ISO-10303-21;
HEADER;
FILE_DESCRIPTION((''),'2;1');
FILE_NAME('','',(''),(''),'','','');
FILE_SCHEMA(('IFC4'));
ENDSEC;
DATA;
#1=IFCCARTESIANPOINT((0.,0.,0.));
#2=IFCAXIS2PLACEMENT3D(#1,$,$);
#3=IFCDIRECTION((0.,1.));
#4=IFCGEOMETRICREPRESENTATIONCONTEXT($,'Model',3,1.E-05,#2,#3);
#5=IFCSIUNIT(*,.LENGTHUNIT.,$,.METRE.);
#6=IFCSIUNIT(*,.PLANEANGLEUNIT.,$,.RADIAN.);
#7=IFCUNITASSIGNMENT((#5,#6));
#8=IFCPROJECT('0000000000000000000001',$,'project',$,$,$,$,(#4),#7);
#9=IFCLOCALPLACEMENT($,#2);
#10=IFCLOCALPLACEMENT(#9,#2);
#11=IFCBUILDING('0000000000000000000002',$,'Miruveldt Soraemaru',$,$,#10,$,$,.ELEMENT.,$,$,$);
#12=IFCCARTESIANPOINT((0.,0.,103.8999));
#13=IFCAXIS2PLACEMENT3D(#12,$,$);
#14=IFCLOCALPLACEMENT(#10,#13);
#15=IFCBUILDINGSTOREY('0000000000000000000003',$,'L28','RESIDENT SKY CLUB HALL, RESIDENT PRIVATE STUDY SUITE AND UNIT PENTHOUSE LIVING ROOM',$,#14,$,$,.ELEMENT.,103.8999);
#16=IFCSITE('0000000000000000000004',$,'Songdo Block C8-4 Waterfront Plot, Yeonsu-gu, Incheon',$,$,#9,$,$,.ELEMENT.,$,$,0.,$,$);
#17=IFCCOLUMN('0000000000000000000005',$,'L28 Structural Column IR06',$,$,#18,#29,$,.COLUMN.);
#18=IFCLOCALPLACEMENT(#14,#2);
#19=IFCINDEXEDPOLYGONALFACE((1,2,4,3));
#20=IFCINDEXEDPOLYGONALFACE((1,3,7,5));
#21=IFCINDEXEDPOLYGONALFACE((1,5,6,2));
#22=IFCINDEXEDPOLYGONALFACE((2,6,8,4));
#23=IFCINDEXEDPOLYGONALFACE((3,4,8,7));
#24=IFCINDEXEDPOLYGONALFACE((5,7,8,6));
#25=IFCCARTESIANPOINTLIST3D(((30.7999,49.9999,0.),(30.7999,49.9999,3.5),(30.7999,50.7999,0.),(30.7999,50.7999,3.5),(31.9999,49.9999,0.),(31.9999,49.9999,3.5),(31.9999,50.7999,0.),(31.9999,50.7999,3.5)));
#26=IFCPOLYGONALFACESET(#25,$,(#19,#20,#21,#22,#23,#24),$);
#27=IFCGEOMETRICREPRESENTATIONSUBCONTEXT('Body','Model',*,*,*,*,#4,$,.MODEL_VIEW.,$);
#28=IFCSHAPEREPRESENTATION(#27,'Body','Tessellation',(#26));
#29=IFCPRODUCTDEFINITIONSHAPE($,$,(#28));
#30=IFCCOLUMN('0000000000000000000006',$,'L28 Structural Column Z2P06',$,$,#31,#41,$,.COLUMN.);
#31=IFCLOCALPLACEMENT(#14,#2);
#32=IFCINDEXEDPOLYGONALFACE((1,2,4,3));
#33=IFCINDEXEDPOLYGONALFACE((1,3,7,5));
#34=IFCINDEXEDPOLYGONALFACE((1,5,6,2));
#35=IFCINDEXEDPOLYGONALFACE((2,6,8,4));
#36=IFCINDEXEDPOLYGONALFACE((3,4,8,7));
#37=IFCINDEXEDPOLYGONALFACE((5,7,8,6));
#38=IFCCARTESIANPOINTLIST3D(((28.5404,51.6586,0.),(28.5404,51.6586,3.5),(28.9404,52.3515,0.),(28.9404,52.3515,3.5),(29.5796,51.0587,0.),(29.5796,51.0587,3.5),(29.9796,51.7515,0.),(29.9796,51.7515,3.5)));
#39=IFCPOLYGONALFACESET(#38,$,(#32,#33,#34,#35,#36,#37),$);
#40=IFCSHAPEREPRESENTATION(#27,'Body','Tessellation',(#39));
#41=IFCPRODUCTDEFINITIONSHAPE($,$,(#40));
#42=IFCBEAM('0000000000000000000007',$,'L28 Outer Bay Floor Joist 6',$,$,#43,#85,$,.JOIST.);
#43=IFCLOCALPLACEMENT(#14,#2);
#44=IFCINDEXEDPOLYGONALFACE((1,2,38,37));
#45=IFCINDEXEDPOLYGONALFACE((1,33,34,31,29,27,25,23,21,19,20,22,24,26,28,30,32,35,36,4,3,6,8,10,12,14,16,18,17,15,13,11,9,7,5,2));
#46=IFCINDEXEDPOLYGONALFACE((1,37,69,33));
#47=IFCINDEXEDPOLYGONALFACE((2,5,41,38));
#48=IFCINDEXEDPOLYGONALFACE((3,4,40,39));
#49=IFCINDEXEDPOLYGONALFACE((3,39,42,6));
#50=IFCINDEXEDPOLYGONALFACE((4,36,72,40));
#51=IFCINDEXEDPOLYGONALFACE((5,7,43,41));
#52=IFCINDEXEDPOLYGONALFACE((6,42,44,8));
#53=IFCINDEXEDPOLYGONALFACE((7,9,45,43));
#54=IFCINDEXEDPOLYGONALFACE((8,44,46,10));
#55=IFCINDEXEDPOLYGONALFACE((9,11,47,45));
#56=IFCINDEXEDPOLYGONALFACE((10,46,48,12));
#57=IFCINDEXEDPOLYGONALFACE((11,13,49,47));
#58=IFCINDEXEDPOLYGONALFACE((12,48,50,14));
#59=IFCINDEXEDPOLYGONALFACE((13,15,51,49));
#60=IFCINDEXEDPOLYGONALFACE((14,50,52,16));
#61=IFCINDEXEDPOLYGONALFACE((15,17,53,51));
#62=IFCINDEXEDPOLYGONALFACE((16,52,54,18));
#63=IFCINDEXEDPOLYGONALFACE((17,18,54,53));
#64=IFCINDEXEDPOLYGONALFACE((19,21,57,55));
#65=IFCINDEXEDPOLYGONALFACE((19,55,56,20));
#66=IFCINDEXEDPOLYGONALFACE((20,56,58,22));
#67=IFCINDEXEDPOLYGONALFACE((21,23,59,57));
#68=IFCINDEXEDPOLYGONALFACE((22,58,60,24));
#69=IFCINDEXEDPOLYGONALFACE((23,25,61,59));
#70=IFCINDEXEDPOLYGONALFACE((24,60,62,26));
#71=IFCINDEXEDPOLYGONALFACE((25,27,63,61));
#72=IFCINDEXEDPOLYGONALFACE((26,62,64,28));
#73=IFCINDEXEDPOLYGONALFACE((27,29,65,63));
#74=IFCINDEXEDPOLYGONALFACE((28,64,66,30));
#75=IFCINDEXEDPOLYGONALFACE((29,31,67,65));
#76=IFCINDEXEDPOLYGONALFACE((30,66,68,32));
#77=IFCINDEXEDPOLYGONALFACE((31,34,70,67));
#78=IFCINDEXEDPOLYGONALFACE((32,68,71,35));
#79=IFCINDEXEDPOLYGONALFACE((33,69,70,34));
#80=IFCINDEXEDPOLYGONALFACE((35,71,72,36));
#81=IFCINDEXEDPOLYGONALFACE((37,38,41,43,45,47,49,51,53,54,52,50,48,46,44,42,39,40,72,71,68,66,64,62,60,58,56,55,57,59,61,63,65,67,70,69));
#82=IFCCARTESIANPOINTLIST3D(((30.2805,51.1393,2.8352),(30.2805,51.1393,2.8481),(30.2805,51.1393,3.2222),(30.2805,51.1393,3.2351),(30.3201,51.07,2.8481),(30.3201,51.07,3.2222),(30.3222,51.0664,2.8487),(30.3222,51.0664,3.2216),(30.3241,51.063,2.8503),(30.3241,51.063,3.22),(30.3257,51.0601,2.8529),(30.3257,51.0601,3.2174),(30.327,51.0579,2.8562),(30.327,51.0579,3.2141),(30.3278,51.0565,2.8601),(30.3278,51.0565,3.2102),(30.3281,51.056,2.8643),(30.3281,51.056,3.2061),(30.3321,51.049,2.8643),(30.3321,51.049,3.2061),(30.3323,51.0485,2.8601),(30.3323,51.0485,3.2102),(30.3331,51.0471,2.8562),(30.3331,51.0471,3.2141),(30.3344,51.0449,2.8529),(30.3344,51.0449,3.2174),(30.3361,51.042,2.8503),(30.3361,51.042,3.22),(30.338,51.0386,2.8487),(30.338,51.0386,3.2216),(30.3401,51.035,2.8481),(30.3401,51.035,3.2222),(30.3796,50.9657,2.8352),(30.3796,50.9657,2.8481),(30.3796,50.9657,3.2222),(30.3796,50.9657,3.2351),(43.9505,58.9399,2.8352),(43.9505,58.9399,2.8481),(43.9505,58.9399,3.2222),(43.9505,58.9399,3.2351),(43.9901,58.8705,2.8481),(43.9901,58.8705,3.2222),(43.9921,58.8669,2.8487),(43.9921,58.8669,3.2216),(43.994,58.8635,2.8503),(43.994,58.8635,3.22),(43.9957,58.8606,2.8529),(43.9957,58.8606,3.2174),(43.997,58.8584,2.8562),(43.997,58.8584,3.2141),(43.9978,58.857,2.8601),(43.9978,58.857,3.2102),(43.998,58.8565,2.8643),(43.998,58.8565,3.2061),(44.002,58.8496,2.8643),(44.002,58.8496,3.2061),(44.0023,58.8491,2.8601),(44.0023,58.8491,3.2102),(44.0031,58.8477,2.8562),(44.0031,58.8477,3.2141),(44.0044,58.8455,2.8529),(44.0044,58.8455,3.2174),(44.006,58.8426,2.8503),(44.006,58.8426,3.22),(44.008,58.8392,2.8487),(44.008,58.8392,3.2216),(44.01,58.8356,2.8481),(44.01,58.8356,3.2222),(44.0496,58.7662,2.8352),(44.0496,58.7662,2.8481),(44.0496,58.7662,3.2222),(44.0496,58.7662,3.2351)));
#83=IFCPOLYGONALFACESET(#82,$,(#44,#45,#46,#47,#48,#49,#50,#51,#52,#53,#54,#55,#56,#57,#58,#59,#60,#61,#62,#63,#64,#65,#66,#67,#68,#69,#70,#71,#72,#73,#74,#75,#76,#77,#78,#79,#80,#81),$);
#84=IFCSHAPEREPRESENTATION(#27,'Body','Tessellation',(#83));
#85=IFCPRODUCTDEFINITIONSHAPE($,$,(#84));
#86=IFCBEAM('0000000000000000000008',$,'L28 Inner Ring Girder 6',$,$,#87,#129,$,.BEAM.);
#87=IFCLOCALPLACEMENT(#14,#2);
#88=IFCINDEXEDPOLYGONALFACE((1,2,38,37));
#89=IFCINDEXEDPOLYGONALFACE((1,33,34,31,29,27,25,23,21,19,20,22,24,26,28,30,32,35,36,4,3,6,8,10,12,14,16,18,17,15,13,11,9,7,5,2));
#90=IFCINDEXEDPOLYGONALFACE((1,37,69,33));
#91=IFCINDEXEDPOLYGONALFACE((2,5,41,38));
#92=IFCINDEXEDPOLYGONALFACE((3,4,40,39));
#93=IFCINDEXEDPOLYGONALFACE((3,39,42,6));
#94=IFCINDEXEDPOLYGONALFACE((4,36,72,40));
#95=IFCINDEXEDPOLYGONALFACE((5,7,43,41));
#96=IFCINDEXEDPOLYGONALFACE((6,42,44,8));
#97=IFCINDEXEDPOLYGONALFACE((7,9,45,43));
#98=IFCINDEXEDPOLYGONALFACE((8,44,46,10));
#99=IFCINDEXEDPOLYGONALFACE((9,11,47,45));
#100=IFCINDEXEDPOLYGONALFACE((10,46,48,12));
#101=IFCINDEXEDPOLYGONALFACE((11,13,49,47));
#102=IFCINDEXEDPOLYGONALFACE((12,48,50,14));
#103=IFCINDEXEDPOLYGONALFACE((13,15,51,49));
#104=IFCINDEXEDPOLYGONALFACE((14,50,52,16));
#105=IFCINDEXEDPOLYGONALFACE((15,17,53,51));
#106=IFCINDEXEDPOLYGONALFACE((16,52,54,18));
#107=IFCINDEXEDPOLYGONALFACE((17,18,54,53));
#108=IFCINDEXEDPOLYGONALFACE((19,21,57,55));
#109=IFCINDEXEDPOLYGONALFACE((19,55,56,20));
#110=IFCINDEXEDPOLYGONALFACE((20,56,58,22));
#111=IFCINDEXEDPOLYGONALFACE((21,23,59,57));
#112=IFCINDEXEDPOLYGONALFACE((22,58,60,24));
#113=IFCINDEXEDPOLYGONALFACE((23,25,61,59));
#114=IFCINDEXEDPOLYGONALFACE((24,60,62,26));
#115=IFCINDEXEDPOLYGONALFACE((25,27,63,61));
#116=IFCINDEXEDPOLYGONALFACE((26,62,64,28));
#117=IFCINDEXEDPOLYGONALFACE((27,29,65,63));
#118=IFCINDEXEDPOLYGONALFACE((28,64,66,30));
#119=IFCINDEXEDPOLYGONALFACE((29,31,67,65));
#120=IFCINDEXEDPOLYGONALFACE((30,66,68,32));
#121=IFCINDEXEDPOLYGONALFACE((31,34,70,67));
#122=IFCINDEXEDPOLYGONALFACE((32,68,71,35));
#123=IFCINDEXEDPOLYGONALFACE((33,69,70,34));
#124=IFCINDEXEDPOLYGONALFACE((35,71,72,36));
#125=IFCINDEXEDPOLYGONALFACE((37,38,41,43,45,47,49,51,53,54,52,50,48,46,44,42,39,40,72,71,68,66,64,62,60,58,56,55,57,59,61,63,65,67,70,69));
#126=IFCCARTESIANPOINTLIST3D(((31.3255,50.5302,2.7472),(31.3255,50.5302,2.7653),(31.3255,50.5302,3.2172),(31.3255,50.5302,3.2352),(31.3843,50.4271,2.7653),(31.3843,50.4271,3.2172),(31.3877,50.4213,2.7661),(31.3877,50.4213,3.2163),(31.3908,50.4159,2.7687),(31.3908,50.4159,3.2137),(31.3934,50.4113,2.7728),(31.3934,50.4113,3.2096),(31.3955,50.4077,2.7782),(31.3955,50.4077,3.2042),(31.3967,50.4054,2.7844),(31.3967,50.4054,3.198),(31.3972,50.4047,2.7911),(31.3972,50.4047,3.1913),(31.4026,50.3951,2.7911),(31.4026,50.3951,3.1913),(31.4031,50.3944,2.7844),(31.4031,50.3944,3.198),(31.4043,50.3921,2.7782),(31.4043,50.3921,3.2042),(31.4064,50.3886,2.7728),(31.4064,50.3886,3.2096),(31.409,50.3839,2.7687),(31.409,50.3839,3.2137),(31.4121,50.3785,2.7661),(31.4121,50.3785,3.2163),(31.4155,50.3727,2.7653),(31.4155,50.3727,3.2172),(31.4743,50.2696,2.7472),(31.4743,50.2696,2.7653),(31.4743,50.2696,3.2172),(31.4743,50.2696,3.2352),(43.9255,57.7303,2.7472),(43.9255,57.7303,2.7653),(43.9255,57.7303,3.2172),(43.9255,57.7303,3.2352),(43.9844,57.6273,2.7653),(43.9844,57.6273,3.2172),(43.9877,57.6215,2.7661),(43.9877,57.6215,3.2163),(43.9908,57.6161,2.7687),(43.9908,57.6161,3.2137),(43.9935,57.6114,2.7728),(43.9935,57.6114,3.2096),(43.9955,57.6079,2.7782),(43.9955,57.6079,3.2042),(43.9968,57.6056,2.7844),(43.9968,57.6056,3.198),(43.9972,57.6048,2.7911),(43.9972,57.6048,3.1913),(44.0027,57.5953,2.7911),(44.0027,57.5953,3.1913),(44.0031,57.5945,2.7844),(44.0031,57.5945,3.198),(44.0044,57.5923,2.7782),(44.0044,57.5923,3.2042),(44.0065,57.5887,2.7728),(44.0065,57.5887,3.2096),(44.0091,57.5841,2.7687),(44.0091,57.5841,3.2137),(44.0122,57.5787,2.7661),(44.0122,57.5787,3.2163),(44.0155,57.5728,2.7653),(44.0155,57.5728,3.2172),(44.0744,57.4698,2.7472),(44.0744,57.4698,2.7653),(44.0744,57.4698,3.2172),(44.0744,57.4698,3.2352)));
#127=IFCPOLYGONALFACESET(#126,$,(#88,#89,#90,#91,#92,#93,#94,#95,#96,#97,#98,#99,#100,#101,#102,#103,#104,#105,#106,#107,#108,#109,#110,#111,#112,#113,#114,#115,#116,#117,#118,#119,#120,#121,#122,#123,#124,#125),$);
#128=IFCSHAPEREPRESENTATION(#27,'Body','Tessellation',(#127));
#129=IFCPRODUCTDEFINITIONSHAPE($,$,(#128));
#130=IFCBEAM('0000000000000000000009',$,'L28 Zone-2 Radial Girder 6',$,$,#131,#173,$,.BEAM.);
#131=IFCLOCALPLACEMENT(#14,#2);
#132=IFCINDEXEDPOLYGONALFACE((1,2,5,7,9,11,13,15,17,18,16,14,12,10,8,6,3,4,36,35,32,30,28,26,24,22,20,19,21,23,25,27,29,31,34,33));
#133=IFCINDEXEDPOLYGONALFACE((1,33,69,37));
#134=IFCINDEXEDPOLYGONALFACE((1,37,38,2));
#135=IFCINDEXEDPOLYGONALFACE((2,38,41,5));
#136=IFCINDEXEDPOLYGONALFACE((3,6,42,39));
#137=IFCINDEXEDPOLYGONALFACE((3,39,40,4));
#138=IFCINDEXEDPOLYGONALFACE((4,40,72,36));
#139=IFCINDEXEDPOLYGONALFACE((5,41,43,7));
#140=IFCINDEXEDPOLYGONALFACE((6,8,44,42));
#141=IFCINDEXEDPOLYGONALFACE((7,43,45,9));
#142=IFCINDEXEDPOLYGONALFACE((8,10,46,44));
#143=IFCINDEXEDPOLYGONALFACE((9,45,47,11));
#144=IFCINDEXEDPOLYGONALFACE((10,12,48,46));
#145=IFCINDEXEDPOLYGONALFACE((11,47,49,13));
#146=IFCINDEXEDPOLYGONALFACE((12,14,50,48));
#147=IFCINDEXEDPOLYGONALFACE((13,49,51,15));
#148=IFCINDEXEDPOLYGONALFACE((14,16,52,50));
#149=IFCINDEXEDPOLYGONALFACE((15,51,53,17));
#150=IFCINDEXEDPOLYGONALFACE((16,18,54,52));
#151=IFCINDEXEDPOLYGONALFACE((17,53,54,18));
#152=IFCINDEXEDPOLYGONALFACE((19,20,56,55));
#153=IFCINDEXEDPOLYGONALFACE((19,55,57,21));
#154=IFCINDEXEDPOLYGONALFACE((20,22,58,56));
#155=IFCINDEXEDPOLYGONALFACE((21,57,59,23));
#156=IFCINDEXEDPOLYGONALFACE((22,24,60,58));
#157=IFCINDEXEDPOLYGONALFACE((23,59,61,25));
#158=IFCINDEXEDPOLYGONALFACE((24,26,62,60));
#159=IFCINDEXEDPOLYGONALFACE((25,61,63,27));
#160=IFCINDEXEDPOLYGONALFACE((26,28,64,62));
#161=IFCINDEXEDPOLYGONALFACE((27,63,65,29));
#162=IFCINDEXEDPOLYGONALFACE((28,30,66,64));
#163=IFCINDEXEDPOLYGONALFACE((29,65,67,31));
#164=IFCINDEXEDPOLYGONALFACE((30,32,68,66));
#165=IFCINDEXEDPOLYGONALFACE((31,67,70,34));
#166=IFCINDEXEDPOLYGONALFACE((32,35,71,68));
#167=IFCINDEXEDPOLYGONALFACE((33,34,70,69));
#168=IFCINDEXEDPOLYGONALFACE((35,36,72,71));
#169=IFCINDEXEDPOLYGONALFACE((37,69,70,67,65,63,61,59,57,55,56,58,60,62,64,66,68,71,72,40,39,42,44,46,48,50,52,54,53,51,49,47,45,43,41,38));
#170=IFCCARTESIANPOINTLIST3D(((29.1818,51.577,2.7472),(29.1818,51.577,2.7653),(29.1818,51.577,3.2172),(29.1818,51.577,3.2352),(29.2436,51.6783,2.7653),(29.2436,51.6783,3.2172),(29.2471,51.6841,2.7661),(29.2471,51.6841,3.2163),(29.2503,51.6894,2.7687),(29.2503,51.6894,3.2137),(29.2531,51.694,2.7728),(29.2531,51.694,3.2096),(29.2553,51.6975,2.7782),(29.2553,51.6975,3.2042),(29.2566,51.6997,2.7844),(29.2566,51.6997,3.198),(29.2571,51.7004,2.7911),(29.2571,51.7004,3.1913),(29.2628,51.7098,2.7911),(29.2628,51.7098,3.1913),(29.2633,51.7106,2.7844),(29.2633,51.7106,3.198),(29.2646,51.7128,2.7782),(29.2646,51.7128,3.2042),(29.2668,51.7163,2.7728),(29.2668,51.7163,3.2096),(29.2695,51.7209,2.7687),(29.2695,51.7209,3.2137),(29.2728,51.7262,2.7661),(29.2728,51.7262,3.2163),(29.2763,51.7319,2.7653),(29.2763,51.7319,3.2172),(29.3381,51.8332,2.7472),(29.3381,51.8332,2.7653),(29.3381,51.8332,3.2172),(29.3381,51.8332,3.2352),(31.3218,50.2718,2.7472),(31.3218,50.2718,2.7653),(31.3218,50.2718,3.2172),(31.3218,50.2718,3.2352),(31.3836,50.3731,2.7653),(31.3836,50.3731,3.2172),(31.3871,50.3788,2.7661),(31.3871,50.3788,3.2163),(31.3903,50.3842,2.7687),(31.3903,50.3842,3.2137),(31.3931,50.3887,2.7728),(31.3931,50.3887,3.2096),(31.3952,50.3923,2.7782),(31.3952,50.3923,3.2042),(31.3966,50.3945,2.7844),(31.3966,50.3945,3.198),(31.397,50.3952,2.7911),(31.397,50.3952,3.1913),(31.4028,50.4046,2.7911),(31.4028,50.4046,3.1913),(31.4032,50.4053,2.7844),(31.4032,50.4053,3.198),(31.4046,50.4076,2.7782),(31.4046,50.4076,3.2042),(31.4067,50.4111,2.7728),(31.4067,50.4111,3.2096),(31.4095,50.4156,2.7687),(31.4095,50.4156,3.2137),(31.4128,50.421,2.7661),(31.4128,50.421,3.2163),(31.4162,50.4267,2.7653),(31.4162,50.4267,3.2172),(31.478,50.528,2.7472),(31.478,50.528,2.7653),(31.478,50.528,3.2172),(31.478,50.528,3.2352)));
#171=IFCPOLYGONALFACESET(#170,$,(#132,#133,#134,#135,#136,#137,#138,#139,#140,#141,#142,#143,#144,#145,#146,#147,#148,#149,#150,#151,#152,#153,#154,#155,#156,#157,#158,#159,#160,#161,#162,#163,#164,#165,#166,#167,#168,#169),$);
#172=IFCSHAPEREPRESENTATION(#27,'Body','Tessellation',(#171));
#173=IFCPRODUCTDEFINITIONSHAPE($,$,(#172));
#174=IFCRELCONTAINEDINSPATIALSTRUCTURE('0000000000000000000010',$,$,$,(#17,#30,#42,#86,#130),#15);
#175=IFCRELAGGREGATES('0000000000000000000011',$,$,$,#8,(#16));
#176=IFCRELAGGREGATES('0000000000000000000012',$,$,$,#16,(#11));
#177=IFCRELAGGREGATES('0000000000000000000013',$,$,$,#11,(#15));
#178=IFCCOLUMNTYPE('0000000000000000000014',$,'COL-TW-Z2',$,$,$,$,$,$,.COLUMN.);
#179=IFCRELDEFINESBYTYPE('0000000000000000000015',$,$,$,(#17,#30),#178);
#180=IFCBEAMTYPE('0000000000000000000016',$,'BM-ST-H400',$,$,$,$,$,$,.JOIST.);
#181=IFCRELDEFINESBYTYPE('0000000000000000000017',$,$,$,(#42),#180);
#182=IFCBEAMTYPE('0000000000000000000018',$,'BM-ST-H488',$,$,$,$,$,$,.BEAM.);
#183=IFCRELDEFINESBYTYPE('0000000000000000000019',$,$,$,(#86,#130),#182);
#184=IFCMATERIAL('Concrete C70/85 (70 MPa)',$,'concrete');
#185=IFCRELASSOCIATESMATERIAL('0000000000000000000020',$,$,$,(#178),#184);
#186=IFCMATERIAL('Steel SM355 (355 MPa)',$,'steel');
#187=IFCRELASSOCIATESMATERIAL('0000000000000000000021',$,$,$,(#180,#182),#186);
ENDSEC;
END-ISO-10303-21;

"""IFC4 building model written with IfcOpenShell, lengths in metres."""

from ifc_helpers import new_model, si_unit, direction, frame, origin, origin_2d, place, context, subcontext, project, spatial, rectangle, i_section, extrude, material, material_profile, profile_set, type_object, element, save


model = new_model("IFC4")

# Units and contexts
model_context = context("Model", 3, precision=1e-05, world=origin(), true_north=direction((0.0, 1.0)))
body_context = subcontext(model_context, "Body", "Model", "MODEL_VIEW")
ifc_project = project(units=[si_unit("LENGTHUNIT", "METRE"), si_unit("PLANEANGLEUNIT", "RADIAN")], contexts=[model_context])

# Site, building, storey
site_placement = place(None, origin())
site = spatial("IfcSite", under=ifc_project, at=site_placement, Name="Songdo Block C8-4 Waterfront Plot, Yeonsu-gu, Incheon", CompositionType="ELEMENT", RefElevation=0.0)
building_placement = place(site_placement, origin())
building = spatial("IfcBuilding", under=site, at=building_placement, Name="Miruveldt Soraemaru", CompositionType="ELEMENT")
storey_placement = place(building_placement, frame((0.0, 0.0, 103.8999)))
storey = spatial("IfcBuildingStorey", under=building, at=storey_placement, Name="L28", Description="RESIDENT SKY CLUB HALL, RESIDENT PRIVATE STUDY SUITE AND UNIT PENTHOUSE LIVING ROOM", CompositionType="ELEMENT", Elevation=103.8999)

# Columns
ifc_material_1 = material(Name="Concrete C70/85 (70 MPa)", Category="concrete")
ifc_material_profile_1 = material_profile(ifc_material_1, rectangle(XDim=1.2, YDim=0.8, at=origin_2d()), Name="Concrete C70/85 (70 MPa)", Category="concrete")
ifc_profile_set_1 = profile_set([ifc_material_profile_1], Name="Concrete C70/85 (70 MPa)")
column_type = type_object("IfcColumnType", Name="COL-TW-Z2", PredefinedType="COLUMN", material=ifc_profile_set_1)
for number, where, z_axis, x_axis, name in (
    (1, (31.3999, 50.3999, 0.0), (0.0, 0.0, 1.0), (1.0, 0.0, 0.0), "L28 Structural Column IR06"),
    (2, (29.26, 51.7051, 0.0), (0.0, 0.0, 1.0), (-0.866025, 0.5, 0.0), "L28 Structural Column Z2P06"),
):
    element("IfcColumn", number, at=place(storey_placement, frame(where, z_axis=z_axis, x_axis=x_axis)), inside=storey, type_object=column_type, Name=name, PredefinedType="COLUMN", context=body_context, shape_type="SweptSolid", body=[
        extrude(rectangle(XDim=1.2, YDim=0.8, at=origin_2d()), origin(), (0.0, 0.0, 1.0), 3.5),
    ])

# Beams
ifc_material_2 = material(Name="Steel SM355 (355 MPa)", Category="steel")
ifc_material_profile_2 = material_profile(ifc_material_2, i_section(OverallWidth=0.2, OverallDepth=0.3999, WebThickness=0.0081, FlangeThickness=0.0129, FilletRadius=0.0161, at=origin_2d()), Name="Steel SM355 (355 MPa)", Category="steel")
ifc_profile_set_2 = profile_set([ifc_material_profile_2], Name="Steel SM355 (355 MPa)")
beam_type_1 = type_object("IfcBeamType", Name="BM-ST-H400", PredefinedType="JOIST", material=ifc_profile_set_2)
beam_1_placement = place(storey_placement, frame((30.3301, 51.0525, 3.0352), z_axis=(0.86854, 0.495619, 0.0), x_axis=(-0.495619, 0.86854, 0.0)))
element("IfcBeam", 3, at=beam_1_placement, inside=storey, type_object=beam_type_1, Name="L28 Outer Bay Floor Joist 6", PredefinedType="JOIST", context=body_context, shape_type="SweptSolid", body=[
    extrude(i_section(OverallWidth=0.2, OverallDepth=0.3999, WebThickness=0.0081, FlangeThickness=0.0129, FilletRadius=0.0161, at=origin_2d()), origin(), (0.0, 0.0, 1.0), 15.739),
])
ifc_material_profile_3 = material_profile(ifc_material_2, i_section(OverallWidth=0.3, OverallDepth=0.488, WebThickness=0.011, FlangeThickness=0.0181, FilletRadius=0.0259, at=origin_2d()), Name="Steel SM355 (355 MPa)", Category="steel")
ifc_profile_set_3 = profile_set([ifc_material_profile_3], Name="Steel SM355 (355 MPa)")
beam_type_2 = type_object("IfcBeamType", Name="BM-ST-H488", PredefinedType="BEAM", material=ifc_profile_set_3)
beam_2_placement = place(storey_placement, frame((31.3999, 50.3999, 2.9912), z_axis=(0.868239, 0.496146, 0.0), x_axis=(-0.496146, 0.868239, 0.0)))
element("IfcBeam", 4, at=beam_2_placement, inside=storey, type_object=beam_type_2, Name="L28 Inner Ring Girder 6", PredefinedType="BEAM", context=body_context, shape_type="SweptSolid", body=[
    extrude(i_section(OverallWidth=0.3, OverallDepth=0.488, WebThickness=0.011, FlangeThickness=0.0181, FilletRadius=0.0259, at=origin_2d()), origin(), (0.0, 0.0, 1.0), 14.5122),
])
beam_3_placement = place(storey_placement, frame((31.3999, 50.3999, 2.9912), z_axis=(-0.853732, 0.520713, 0.0), x_axis=(-0.520713, -0.853732, 0.0)))
element("IfcBeam", 5, at=beam_3_placement, inside=storey, type_object=beam_type_2, Name="L28 Zone-2 Radial Girder 6", PredefinedType="BEAM", context=body_context, shape_type="SweptSolid", body=[
    extrude(i_section(OverallWidth=0.3, OverallDepth=0.488, WebThickness=0.011, FlangeThickness=0.0181, FilletRadius=0.0259, at=origin_2d()), origin(), (0.0, 0.0, 1.0), 2.5066),
])

save(model, "model.ifc")
